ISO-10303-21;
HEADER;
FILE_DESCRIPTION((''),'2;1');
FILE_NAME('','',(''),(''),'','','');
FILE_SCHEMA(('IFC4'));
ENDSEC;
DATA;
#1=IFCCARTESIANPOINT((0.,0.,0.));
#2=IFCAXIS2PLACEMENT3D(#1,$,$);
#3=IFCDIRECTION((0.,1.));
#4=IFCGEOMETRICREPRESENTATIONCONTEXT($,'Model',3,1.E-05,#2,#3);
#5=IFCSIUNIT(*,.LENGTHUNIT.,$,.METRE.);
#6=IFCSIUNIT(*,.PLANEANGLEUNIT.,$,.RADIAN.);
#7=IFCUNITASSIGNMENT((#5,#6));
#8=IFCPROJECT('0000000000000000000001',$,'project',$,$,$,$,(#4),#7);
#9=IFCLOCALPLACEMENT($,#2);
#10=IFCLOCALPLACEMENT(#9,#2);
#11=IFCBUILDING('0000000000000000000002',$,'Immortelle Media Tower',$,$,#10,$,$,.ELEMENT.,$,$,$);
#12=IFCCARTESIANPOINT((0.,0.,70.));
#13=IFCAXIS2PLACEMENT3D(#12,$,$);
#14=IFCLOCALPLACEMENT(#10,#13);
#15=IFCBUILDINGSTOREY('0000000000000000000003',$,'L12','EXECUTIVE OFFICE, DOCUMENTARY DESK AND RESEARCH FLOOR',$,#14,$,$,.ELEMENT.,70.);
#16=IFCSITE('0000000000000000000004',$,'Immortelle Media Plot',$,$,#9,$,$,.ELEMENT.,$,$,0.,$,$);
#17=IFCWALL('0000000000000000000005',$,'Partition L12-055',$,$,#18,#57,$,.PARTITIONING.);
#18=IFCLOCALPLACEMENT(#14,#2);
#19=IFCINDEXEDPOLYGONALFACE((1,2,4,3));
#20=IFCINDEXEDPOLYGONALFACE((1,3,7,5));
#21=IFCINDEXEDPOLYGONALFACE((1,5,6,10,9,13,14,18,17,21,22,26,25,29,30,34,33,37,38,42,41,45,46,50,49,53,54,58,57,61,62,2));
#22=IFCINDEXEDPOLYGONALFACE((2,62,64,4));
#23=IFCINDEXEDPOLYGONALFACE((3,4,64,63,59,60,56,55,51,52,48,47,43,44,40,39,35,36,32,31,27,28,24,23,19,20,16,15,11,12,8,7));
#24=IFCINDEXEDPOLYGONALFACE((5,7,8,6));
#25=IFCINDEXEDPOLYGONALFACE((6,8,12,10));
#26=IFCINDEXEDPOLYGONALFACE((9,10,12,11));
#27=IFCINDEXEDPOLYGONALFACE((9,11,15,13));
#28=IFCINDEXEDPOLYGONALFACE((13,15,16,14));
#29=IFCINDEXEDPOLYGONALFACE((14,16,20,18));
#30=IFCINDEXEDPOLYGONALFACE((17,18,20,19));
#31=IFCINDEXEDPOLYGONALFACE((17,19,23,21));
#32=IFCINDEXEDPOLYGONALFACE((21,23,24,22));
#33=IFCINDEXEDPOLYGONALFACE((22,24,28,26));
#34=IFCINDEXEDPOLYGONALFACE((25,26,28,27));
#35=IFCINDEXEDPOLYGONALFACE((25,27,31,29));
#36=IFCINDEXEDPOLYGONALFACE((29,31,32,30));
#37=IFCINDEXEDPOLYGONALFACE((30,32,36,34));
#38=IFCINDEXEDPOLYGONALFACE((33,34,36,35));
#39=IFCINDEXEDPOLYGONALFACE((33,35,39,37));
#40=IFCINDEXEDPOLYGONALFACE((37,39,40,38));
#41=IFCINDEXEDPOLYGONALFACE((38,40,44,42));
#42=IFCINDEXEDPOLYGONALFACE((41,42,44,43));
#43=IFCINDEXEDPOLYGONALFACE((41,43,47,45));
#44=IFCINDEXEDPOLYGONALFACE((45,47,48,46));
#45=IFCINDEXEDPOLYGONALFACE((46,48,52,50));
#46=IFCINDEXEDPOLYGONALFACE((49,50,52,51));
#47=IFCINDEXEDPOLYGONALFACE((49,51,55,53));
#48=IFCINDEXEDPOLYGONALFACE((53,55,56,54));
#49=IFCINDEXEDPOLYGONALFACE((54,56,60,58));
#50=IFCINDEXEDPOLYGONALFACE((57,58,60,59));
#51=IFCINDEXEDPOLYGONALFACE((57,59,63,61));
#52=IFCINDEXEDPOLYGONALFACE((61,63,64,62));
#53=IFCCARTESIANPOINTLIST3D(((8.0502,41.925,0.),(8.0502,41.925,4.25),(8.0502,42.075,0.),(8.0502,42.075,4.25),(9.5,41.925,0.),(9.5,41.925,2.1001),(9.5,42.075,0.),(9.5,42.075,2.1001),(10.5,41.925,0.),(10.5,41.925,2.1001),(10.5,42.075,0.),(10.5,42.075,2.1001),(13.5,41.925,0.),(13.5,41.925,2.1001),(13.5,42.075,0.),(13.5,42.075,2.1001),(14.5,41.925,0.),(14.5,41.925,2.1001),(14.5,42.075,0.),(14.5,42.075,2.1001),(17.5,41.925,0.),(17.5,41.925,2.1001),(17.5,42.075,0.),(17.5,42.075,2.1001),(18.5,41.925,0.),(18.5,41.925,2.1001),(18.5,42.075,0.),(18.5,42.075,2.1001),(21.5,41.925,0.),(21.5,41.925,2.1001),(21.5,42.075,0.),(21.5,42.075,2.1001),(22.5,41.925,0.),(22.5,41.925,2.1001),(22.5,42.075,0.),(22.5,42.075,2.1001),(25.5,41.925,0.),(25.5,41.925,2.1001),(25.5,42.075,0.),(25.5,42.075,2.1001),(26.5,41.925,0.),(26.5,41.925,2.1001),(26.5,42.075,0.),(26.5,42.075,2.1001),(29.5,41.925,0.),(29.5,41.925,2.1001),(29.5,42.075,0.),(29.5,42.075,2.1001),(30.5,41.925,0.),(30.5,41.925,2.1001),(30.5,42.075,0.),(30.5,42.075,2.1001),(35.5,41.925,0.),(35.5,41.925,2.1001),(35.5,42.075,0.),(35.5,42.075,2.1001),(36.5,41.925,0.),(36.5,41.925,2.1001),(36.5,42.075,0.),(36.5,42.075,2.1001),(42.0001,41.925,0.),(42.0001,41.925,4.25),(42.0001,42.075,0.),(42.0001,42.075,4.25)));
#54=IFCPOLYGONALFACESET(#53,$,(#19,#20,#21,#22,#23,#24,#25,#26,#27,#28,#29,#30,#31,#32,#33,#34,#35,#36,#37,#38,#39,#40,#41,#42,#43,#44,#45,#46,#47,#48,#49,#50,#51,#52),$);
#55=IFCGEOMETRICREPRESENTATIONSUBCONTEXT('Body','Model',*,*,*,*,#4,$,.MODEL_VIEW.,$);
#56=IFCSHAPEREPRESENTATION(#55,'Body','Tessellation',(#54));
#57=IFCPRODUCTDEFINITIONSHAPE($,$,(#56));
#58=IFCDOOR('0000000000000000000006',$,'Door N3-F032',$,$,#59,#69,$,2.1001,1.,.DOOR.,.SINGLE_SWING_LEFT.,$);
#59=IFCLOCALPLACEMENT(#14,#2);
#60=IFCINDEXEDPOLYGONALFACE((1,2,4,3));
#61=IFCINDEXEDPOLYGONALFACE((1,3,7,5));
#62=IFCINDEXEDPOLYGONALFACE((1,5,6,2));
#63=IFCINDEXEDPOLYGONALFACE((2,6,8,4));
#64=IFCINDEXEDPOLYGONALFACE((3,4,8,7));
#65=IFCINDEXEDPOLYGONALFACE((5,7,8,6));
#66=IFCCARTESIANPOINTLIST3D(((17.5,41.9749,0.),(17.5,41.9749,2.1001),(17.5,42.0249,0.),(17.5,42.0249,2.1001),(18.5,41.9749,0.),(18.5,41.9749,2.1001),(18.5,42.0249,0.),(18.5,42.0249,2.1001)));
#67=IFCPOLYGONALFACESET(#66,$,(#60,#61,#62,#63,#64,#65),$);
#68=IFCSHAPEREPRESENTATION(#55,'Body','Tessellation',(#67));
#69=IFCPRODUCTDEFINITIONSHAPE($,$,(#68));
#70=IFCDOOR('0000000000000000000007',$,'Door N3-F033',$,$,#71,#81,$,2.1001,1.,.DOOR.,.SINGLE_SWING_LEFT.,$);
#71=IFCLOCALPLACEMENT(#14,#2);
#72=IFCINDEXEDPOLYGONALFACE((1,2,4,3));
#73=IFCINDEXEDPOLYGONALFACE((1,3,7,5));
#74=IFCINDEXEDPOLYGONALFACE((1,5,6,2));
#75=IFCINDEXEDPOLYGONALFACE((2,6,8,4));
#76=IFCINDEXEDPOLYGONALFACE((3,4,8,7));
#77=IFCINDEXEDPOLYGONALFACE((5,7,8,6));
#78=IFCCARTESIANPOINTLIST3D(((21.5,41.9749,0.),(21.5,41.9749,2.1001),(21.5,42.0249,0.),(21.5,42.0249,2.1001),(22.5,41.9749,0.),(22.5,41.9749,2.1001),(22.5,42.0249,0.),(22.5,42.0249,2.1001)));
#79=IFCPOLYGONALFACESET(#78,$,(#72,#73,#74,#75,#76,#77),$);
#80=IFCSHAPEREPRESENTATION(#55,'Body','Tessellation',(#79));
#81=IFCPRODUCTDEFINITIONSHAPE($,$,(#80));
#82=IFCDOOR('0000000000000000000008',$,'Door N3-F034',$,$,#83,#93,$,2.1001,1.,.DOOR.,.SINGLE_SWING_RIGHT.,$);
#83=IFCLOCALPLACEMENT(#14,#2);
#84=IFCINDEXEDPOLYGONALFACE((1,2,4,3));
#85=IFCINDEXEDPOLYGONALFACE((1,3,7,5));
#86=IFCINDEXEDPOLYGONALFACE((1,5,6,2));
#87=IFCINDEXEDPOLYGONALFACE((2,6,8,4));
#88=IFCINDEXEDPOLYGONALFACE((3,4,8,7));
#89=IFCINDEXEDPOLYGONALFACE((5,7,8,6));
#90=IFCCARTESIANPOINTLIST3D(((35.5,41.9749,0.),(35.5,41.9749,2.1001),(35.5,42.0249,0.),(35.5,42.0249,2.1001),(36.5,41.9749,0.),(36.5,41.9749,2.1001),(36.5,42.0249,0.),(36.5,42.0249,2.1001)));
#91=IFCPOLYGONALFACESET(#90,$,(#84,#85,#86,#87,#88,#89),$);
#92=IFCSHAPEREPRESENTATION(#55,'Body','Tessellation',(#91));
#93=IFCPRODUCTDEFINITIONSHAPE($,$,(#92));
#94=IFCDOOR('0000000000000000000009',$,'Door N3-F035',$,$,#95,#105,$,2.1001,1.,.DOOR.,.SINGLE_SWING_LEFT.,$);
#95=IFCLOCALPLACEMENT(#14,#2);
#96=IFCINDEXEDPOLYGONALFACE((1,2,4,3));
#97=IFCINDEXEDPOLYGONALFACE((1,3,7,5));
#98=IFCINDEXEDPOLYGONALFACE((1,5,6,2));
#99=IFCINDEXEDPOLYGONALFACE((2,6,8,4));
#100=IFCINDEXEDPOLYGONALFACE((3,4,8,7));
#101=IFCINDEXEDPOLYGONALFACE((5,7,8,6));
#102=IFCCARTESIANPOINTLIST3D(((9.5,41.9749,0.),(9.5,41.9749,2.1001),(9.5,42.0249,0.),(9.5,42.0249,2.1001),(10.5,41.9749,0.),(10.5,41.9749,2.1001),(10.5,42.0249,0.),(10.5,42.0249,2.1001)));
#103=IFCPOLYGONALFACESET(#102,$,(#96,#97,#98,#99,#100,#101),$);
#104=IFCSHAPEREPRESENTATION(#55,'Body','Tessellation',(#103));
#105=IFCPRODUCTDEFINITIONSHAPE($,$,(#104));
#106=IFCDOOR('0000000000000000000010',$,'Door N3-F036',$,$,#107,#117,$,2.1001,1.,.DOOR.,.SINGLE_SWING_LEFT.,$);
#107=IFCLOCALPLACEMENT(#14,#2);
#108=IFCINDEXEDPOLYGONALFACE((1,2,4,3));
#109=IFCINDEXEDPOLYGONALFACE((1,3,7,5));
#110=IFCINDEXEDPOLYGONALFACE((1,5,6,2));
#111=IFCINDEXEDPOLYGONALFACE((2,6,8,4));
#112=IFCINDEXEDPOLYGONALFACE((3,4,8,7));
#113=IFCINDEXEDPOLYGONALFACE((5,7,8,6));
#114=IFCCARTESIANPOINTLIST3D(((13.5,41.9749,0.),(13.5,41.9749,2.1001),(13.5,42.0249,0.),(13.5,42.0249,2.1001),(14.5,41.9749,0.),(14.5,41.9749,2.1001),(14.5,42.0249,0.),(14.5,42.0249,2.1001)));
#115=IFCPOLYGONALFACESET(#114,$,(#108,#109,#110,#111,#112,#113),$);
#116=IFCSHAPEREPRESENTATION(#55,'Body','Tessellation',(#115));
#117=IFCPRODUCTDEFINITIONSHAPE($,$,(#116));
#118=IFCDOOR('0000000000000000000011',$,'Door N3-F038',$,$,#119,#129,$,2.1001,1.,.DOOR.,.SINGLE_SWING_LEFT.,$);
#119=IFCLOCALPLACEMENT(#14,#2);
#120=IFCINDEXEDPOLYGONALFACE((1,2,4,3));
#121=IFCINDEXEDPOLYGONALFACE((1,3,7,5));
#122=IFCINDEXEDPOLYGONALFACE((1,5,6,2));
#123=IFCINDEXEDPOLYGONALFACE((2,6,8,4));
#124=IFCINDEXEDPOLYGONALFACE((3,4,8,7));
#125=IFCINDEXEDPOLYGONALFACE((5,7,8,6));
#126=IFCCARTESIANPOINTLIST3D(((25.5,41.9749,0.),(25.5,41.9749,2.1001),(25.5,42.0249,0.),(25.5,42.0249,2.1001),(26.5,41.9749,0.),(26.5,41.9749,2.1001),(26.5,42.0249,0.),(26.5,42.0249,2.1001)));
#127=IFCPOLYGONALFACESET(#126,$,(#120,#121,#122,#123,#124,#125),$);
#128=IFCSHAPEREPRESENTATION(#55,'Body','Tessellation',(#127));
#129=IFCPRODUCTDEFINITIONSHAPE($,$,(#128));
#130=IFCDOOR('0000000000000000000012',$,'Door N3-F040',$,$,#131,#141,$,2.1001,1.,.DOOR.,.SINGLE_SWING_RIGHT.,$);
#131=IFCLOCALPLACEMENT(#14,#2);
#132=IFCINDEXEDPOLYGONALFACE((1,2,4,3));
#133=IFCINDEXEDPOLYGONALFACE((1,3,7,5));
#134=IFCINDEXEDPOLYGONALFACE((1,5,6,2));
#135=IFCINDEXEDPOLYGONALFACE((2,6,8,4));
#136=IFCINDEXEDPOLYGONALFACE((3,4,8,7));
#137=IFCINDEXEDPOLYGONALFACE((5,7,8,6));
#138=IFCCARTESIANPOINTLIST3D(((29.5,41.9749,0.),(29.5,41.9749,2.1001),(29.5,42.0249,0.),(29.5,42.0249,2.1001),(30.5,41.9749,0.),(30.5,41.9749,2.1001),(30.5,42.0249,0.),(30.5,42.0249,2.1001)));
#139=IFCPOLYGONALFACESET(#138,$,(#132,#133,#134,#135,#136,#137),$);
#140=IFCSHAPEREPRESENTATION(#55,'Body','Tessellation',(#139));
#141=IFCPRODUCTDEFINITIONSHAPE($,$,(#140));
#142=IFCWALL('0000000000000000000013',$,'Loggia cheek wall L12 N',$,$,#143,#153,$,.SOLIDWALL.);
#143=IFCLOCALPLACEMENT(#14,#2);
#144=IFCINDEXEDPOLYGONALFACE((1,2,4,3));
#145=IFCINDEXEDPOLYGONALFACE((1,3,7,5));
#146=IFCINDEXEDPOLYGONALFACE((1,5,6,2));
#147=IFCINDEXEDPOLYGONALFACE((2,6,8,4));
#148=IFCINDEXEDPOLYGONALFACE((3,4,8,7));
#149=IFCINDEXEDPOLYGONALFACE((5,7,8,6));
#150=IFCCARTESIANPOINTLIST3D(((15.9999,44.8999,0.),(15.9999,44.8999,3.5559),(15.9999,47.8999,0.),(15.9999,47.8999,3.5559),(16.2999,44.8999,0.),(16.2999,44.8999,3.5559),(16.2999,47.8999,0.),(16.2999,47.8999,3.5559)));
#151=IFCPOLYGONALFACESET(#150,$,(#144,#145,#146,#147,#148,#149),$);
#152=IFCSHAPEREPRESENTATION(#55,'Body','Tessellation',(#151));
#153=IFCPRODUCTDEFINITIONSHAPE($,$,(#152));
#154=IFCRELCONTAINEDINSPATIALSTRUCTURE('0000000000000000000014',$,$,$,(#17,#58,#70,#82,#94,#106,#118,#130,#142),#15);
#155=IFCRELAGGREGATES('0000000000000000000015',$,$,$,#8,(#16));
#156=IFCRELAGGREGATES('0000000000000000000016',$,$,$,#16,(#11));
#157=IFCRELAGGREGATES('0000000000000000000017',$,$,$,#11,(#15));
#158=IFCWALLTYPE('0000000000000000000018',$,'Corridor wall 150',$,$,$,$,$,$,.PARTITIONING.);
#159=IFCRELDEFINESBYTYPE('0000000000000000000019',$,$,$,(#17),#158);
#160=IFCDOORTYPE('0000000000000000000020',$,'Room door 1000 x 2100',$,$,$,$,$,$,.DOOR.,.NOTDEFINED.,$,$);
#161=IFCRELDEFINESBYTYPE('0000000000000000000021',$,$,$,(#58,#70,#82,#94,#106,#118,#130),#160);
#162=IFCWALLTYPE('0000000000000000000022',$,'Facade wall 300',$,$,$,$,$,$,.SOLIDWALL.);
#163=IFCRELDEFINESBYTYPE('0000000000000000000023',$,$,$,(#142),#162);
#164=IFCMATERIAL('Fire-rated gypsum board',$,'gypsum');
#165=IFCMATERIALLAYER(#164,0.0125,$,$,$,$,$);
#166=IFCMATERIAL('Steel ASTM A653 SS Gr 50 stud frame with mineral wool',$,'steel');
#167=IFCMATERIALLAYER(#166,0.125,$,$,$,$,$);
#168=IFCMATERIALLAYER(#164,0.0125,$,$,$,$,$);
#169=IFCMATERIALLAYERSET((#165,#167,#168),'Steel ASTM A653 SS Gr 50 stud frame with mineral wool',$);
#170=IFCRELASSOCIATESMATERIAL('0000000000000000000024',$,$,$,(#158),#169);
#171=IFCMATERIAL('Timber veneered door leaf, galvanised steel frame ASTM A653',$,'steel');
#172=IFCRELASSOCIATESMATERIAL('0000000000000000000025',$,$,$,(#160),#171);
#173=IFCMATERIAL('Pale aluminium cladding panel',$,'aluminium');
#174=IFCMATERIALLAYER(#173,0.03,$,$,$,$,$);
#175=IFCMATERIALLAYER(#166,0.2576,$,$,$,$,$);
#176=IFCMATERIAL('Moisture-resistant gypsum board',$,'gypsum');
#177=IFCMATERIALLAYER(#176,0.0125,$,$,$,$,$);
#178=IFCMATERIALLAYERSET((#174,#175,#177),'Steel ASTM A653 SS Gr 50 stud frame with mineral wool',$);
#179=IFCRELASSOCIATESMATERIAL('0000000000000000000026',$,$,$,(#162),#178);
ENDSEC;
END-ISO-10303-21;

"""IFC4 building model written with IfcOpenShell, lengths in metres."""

from ifc_helpers import new_model, si_unit, direction, frame, frame_2d, origin, place, context, subcontext, project, spatial, rectangle, extrude, material, layer, layer_set, type_object, element, fill, save


model = new_model("IFC4")

# Units and contexts
model_context = context("Model", 3, precision=1e-05, world=origin(), true_north=direction((0.0, 1.0)))
body_context = subcontext(model_context, "Body", "Model", "MODEL_VIEW")
ifc_project = project(units=[si_unit("LENGTHUNIT", "METRE"), si_unit("PLANEANGLEUNIT", "RADIAN")], contexts=[model_context])

# Site, building, storey
site_placement = place(None, origin())
site = spatial("IfcSite", under=ifc_project, at=site_placement, Name="Immortelle Media Plot", CompositionType="ELEMENT", RefElevation=0.0)
building_placement = place(site_placement, origin())
building = spatial("IfcBuilding", under=site, at=building_placement, Name="Immortelle Media Tower", CompositionType="ELEMENT")
storey_placement = place(building_placement, frame((0.0, 0.0, 70.0)))
storey = spatial("IfcBuildingStorey", under=building, at=storey_placement, Name="L12", Description="EXECUTIVE OFFICE, DOCUMENTARY DESK AND RESEARCH FLOOR", CompositionType="ELEMENT", Elevation=70.0)

# Wall, openings, doors
ifc_material_1 = material(Name="Fire-rated gypsum board", Category="gypsum")
ifc_layer_1 = layer(ifc_material_1, 0.0125)
ifc_material_2 = material(Name="Steel ASTM A653 SS Gr 50 stud frame with mineral wool", Category="steel")
ifc_layer_2 = layer(ifc_material_2, 0.125)
ifc_layer_3 = layer(ifc_material_1, 0.0125)
ifc_layer_set_1 = layer_set([ifc_layer_1, ifc_layer_2, ifc_layer_3], Name="Steel ASTM A653 SS Gr 50 stud frame with mineral wool")
wall_type_1 = type_object("IfcWallType", Name="Corridor wall 150", PredefinedType="PARTITIONING", material=ifc_layer_set_1)
wall_1_placement = place(storey_placement, frame((8.05, 42.0, 0.0), z_axis=(0.0, 0.0, 1.0), x_axis=(1.0, 0.0, 0.0)))
wall_1 = element("IfcWall", 1, at=wall_1_placement, inside=storey, type_object=wall_type_1, Name="Partition L12-055", PredefinedType="PARTITIONING", context=body_context, shape_type="SweptSolid", body=[
    extrude(rectangle(XDim=33.95, YDim=0.1499, at=frame_2d((16.9751, 0.0))), origin(), (0.0, 0.0, 1.0), 4.25),
])
opening_1_placement = place(wall_1_placement, frame((9.45, 0.0, 0.0)))
opening_1 = element("IfcOpeningElement", 2, at=opening_1_placement, cuts=wall_1, PredefinedType="OPENING", context=body_context, shape_type="SweptSolid", body=[
    extrude(rectangle(XDim=1.0, YDim=2.1001, at=frame_2d((0.5, 1.05))), frame((0.0, 0.085, 0.0), z_axis=(0.0, -1.0, 0.0), x_axis=(1.0, 0.0, 0.0)), (0.0, 0.0, 1.0), 0.1699),
])
opening_2_placement = place(wall_1_placement, frame((13.45, 0.0, 0.0)))
opening_2 = element("IfcOpeningElement", 3, at=opening_2_placement, cuts=wall_1, PredefinedType="OPENING", context=body_context, shape_type="SweptSolid", body=[
    extrude(rectangle(XDim=1.0, YDim=2.1001, at=frame_2d((0.5, 1.05))), frame((0.0, 0.085, 0.0), z_axis=(0.0, -1.0, 0.0), x_axis=(1.0, 0.0, 0.0)), (0.0, 0.0, 1.0), 0.1699),
])
opening_3_placement = place(wall_1_placement, frame((27.45, 0.0, 0.0)))
opening_3 = element("IfcOpeningElement", 4, at=opening_3_placement, cuts=wall_1, PredefinedType="OPENING", context=body_context, shape_type="SweptSolid", body=[
    extrude(rectangle(XDim=1.0, YDim=2.1001, at=frame_2d((0.5, 1.05))), frame((0.0, 0.085, 0.0), z_axis=(0.0, -1.0, 0.0), x_axis=(1.0, 0.0, 0.0)), (0.0, 0.0, 1.0), 0.1699),
])
opening_4_placement = place(wall_1_placement, frame((1.45, 0.0, 0.0)))
opening_4 = element("IfcOpeningElement", 5, at=opening_4_placement, cuts=wall_1, PredefinedType="OPENING", context=body_context, shape_type="SweptSolid", body=[
    extrude(rectangle(XDim=1.0, YDim=2.1001, at=frame_2d((0.5, 1.05))), frame((0.0, 0.085, 0.0), z_axis=(0.0, -1.0, 0.0), x_axis=(1.0, 0.0, 0.0)), (0.0, 0.0, 1.0), 0.1699),
])
opening_5_placement = place(wall_1_placement, frame((5.45, 0.0, 0.0)))
opening_5 = element("IfcOpeningElement", 6, at=opening_5_placement, cuts=wall_1, PredefinedType="OPENING", context=body_context, shape_type="SweptSolid", body=[
    extrude(rectangle(XDim=1.0, YDim=2.1001, at=frame_2d((0.5, 1.05))), frame((0.0, 0.085, 0.0), z_axis=(0.0, -1.0, 0.0), x_axis=(1.0, 0.0, 0.0)), (0.0, 0.0, 1.0), 0.1699),
])
opening_6_placement = place(wall_1_placement, frame((17.45, 0.0, 0.0)))
opening_6 = element("IfcOpeningElement", 7, at=opening_6_placement, cuts=wall_1, PredefinedType="OPENING", context=body_context, shape_type="SweptSolid", body=[
    extrude(rectangle(XDim=1.0, YDim=2.1001, at=frame_2d((0.5, 1.05))), frame((0.0, 0.085, 0.0), z_axis=(0.0, -1.0, 0.0), x_axis=(1.0, 0.0, 0.0)), (0.0, 0.0, 1.0), 0.1699),
])
opening_7_placement = place(wall_1_placement, frame((21.45, 0.0, 0.0)))
opening_7 = element("IfcOpeningElement", 8, at=opening_7_placement, cuts=wall_1, PredefinedType="OPENING", context=body_context, shape_type="SweptSolid", body=[
    extrude(rectangle(XDim=1.0, YDim=2.1001, at=frame_2d((0.5, 1.05))), frame((0.0, 0.085, 0.0), z_axis=(0.0, -1.0, 0.0), x_axis=(1.0, 0.0, 0.0)), (0.0, 0.0, 1.0), 0.1699),
])
ifc_material_3 = material(Name="Timber veneered door leaf, galvanised steel frame ASTM A653", Category="steel")
door_type = type_object("IfcDoorType", Name="Room door 1000 x 2100", OperationType="NOTDEFINED", PredefinedType="DOOR", material=ifc_material_3)
door_1_placement = place(opening_1_placement, origin())
door_1 = element("IfcDoor", 9, at=door_1_placement, inside=storey, type_object=door_type, Name="Door N3-F032", OperationType="SINGLE_SWING_LEFT", OverallHeight=2.1001, OverallWidth=1.0, PredefinedType="DOOR", context=body_context, shape_type="SweptSolid", body=[
    extrude(rectangle(XDim=1.0, YDim=2.1001, at=frame_2d((0.5, 1.05))), frame((0.0, 0.0249, 0.0), z_axis=(0.0, -1.0, 0.0), x_axis=(1.0, 0.0, 0.0)), (0.0, 0.0, 1.0), 0.05),
])
fill(opening_1, door_1)
door_2_placement = place(opening_2_placement, origin())
door_2 = element("IfcDoor", 10, at=door_2_placement, inside=storey, type_object=door_type, Name="Door N3-F033", OperationType="SINGLE_SWING_LEFT", OverallHeight=2.1001, OverallWidth=1.0, PredefinedType="DOOR", context=body_context, shape_type="SweptSolid", body=[
    extrude(rectangle(XDim=1.0, YDim=2.1001, at=frame_2d((0.5, 1.05))), frame((0.0, 0.0249, 0.0), z_axis=(0.0, -1.0, 0.0), x_axis=(1.0, 0.0, 0.0)), (0.0, 0.0, 1.0), 0.05),
])
fill(opening_2, door_2)
door_3_placement = place(opening_3_placement, origin())
door_3 = element("IfcDoor", 11, at=door_3_placement, inside=storey, type_object=door_type, Name="Door N3-F034", OperationType="SINGLE_SWING_RIGHT", OverallHeight=2.1001, OverallWidth=1.0, PredefinedType="DOOR", context=body_context, shape_type="SweptSolid", body=[
    extrude(rectangle(XDim=1.0, YDim=2.1001, at=frame_2d((0.5, 1.05))), frame((0.0, 0.0249, 0.0), z_axis=(0.0, -1.0, 0.0), x_axis=(1.0, 0.0, 0.0)), (0.0, 0.0, 1.0), 0.05),
])
fill(opening_3, door_3)
door_4_placement = place(opening_4_placement, origin())
door_4 = element("IfcDoor", 12, at=door_4_placement, inside=storey, type_object=door_type, Name="Door N3-F035", OperationType="SINGLE_SWING_LEFT", OverallHeight=2.1001, OverallWidth=1.0, PredefinedType="DOOR", context=body_context, shape_type="SweptSolid", body=[
    extrude(rectangle(XDim=1.0, YDim=2.1001, at=frame_2d((0.5, 1.05))), frame((0.0, 0.0249, 0.0), z_axis=(0.0, -1.0, 0.0), x_axis=(1.0, 0.0, 0.0)), (0.0, 0.0, 1.0), 0.05),
])
fill(opening_4, door_4)
door_5_placement = place(opening_5_placement, origin())
door_5 = element("IfcDoor", 13, at=door_5_placement, inside=storey, type_object=door_type, Name="Door N3-F036", OperationType="SINGLE_SWING_LEFT", OverallHeight=2.1001, OverallWidth=1.0, PredefinedType="DOOR", context=body_context, shape_type="SweptSolid", body=[
    extrude(rectangle(XDim=1.0, YDim=2.1001, at=frame_2d((0.5, 1.05))), frame((0.0, 0.0249, 0.0), z_axis=(0.0, -1.0, 0.0), x_axis=(1.0, 0.0, 0.0)), (0.0, 0.0, 1.0), 0.05),
])
fill(opening_5, door_5)
door_6_placement = place(opening_6_placement, origin())
door_6 = element("IfcDoor", 14, at=door_6_placement, inside=storey, type_object=door_type, Name="Door N3-F038", OperationType="SINGLE_SWING_LEFT", OverallHeight=2.1001, OverallWidth=1.0, PredefinedType="DOOR", context=body_context, shape_type="SweptSolid", body=[
    extrude(rectangle(XDim=1.0, YDim=2.1001, at=frame_2d((0.5, 1.05))), frame((0.0, 0.0249, 0.0), z_axis=(0.0, -1.0, 0.0), x_axis=(1.0, 0.0, 0.0)), (0.0, 0.0, 1.0), 0.05),
])
fill(opening_6, door_6)
door_7_placement = place(opening_7_placement, origin())
door_7 = element("IfcDoor", 15, at=door_7_placement, inside=storey, type_object=door_type, Name="Door N3-F040", OperationType="SINGLE_SWING_RIGHT", OverallHeight=2.1001, OverallWidth=1.0, PredefinedType="DOOR", context=body_context, shape_type="SweptSolid", body=[
    extrude(rectangle(XDim=1.0, YDim=2.1001, at=frame_2d((0.5, 1.05))), frame((0.0, 0.0249, 0.0), z_axis=(0.0, -1.0, 0.0), x_axis=(1.0, 0.0, 0.0)), (0.0, 0.0, 1.0), 0.05),
])
fill(opening_7, door_7)

# Wall
ifc_material_4 = material(Name="Pale aluminium cladding panel", Category="aluminium")
ifc_layer_4 = layer(ifc_material_4, 0.03)
ifc_layer_5 = layer(ifc_material_2, 0.2576)
ifc_material_5 = material(Name="Moisture-resistant gypsum board", Category="gypsum")
ifc_layer_6 = layer(ifc_material_5, 0.0125)
ifc_layer_set_2 = layer_set([ifc_layer_4, ifc_layer_5, ifc_layer_6], Name="Steel ASTM A653 SS Gr 50 stud frame with mineral wool")
wall_type_2 = type_object("IfcWallType", Name="Facade wall 300", PredefinedType="SOLIDWALL", material=ifc_layer_set_2)
wall_2_placement = place(storey_placement, frame((16.1499, 47.8999, 0.0), z_axis=(0.0, 0.0, 1.0), x_axis=(0.0, -1.0, 0.0)))
element("IfcWall", 16, at=wall_2_placement, inside=storey, type_object=wall_type_2, Name="Loggia cheek wall L12 N", PredefinedType="SOLIDWALL", context=body_context, shape_type="SweptSolid", body=[
    extrude(rectangle(XDim=3.0, YDim=0.3, at=frame_2d((1.5, 0.0))), origin(), (0.0, 0.0, 1.0), 3.5559),
])

save(model, "model.ifc")
